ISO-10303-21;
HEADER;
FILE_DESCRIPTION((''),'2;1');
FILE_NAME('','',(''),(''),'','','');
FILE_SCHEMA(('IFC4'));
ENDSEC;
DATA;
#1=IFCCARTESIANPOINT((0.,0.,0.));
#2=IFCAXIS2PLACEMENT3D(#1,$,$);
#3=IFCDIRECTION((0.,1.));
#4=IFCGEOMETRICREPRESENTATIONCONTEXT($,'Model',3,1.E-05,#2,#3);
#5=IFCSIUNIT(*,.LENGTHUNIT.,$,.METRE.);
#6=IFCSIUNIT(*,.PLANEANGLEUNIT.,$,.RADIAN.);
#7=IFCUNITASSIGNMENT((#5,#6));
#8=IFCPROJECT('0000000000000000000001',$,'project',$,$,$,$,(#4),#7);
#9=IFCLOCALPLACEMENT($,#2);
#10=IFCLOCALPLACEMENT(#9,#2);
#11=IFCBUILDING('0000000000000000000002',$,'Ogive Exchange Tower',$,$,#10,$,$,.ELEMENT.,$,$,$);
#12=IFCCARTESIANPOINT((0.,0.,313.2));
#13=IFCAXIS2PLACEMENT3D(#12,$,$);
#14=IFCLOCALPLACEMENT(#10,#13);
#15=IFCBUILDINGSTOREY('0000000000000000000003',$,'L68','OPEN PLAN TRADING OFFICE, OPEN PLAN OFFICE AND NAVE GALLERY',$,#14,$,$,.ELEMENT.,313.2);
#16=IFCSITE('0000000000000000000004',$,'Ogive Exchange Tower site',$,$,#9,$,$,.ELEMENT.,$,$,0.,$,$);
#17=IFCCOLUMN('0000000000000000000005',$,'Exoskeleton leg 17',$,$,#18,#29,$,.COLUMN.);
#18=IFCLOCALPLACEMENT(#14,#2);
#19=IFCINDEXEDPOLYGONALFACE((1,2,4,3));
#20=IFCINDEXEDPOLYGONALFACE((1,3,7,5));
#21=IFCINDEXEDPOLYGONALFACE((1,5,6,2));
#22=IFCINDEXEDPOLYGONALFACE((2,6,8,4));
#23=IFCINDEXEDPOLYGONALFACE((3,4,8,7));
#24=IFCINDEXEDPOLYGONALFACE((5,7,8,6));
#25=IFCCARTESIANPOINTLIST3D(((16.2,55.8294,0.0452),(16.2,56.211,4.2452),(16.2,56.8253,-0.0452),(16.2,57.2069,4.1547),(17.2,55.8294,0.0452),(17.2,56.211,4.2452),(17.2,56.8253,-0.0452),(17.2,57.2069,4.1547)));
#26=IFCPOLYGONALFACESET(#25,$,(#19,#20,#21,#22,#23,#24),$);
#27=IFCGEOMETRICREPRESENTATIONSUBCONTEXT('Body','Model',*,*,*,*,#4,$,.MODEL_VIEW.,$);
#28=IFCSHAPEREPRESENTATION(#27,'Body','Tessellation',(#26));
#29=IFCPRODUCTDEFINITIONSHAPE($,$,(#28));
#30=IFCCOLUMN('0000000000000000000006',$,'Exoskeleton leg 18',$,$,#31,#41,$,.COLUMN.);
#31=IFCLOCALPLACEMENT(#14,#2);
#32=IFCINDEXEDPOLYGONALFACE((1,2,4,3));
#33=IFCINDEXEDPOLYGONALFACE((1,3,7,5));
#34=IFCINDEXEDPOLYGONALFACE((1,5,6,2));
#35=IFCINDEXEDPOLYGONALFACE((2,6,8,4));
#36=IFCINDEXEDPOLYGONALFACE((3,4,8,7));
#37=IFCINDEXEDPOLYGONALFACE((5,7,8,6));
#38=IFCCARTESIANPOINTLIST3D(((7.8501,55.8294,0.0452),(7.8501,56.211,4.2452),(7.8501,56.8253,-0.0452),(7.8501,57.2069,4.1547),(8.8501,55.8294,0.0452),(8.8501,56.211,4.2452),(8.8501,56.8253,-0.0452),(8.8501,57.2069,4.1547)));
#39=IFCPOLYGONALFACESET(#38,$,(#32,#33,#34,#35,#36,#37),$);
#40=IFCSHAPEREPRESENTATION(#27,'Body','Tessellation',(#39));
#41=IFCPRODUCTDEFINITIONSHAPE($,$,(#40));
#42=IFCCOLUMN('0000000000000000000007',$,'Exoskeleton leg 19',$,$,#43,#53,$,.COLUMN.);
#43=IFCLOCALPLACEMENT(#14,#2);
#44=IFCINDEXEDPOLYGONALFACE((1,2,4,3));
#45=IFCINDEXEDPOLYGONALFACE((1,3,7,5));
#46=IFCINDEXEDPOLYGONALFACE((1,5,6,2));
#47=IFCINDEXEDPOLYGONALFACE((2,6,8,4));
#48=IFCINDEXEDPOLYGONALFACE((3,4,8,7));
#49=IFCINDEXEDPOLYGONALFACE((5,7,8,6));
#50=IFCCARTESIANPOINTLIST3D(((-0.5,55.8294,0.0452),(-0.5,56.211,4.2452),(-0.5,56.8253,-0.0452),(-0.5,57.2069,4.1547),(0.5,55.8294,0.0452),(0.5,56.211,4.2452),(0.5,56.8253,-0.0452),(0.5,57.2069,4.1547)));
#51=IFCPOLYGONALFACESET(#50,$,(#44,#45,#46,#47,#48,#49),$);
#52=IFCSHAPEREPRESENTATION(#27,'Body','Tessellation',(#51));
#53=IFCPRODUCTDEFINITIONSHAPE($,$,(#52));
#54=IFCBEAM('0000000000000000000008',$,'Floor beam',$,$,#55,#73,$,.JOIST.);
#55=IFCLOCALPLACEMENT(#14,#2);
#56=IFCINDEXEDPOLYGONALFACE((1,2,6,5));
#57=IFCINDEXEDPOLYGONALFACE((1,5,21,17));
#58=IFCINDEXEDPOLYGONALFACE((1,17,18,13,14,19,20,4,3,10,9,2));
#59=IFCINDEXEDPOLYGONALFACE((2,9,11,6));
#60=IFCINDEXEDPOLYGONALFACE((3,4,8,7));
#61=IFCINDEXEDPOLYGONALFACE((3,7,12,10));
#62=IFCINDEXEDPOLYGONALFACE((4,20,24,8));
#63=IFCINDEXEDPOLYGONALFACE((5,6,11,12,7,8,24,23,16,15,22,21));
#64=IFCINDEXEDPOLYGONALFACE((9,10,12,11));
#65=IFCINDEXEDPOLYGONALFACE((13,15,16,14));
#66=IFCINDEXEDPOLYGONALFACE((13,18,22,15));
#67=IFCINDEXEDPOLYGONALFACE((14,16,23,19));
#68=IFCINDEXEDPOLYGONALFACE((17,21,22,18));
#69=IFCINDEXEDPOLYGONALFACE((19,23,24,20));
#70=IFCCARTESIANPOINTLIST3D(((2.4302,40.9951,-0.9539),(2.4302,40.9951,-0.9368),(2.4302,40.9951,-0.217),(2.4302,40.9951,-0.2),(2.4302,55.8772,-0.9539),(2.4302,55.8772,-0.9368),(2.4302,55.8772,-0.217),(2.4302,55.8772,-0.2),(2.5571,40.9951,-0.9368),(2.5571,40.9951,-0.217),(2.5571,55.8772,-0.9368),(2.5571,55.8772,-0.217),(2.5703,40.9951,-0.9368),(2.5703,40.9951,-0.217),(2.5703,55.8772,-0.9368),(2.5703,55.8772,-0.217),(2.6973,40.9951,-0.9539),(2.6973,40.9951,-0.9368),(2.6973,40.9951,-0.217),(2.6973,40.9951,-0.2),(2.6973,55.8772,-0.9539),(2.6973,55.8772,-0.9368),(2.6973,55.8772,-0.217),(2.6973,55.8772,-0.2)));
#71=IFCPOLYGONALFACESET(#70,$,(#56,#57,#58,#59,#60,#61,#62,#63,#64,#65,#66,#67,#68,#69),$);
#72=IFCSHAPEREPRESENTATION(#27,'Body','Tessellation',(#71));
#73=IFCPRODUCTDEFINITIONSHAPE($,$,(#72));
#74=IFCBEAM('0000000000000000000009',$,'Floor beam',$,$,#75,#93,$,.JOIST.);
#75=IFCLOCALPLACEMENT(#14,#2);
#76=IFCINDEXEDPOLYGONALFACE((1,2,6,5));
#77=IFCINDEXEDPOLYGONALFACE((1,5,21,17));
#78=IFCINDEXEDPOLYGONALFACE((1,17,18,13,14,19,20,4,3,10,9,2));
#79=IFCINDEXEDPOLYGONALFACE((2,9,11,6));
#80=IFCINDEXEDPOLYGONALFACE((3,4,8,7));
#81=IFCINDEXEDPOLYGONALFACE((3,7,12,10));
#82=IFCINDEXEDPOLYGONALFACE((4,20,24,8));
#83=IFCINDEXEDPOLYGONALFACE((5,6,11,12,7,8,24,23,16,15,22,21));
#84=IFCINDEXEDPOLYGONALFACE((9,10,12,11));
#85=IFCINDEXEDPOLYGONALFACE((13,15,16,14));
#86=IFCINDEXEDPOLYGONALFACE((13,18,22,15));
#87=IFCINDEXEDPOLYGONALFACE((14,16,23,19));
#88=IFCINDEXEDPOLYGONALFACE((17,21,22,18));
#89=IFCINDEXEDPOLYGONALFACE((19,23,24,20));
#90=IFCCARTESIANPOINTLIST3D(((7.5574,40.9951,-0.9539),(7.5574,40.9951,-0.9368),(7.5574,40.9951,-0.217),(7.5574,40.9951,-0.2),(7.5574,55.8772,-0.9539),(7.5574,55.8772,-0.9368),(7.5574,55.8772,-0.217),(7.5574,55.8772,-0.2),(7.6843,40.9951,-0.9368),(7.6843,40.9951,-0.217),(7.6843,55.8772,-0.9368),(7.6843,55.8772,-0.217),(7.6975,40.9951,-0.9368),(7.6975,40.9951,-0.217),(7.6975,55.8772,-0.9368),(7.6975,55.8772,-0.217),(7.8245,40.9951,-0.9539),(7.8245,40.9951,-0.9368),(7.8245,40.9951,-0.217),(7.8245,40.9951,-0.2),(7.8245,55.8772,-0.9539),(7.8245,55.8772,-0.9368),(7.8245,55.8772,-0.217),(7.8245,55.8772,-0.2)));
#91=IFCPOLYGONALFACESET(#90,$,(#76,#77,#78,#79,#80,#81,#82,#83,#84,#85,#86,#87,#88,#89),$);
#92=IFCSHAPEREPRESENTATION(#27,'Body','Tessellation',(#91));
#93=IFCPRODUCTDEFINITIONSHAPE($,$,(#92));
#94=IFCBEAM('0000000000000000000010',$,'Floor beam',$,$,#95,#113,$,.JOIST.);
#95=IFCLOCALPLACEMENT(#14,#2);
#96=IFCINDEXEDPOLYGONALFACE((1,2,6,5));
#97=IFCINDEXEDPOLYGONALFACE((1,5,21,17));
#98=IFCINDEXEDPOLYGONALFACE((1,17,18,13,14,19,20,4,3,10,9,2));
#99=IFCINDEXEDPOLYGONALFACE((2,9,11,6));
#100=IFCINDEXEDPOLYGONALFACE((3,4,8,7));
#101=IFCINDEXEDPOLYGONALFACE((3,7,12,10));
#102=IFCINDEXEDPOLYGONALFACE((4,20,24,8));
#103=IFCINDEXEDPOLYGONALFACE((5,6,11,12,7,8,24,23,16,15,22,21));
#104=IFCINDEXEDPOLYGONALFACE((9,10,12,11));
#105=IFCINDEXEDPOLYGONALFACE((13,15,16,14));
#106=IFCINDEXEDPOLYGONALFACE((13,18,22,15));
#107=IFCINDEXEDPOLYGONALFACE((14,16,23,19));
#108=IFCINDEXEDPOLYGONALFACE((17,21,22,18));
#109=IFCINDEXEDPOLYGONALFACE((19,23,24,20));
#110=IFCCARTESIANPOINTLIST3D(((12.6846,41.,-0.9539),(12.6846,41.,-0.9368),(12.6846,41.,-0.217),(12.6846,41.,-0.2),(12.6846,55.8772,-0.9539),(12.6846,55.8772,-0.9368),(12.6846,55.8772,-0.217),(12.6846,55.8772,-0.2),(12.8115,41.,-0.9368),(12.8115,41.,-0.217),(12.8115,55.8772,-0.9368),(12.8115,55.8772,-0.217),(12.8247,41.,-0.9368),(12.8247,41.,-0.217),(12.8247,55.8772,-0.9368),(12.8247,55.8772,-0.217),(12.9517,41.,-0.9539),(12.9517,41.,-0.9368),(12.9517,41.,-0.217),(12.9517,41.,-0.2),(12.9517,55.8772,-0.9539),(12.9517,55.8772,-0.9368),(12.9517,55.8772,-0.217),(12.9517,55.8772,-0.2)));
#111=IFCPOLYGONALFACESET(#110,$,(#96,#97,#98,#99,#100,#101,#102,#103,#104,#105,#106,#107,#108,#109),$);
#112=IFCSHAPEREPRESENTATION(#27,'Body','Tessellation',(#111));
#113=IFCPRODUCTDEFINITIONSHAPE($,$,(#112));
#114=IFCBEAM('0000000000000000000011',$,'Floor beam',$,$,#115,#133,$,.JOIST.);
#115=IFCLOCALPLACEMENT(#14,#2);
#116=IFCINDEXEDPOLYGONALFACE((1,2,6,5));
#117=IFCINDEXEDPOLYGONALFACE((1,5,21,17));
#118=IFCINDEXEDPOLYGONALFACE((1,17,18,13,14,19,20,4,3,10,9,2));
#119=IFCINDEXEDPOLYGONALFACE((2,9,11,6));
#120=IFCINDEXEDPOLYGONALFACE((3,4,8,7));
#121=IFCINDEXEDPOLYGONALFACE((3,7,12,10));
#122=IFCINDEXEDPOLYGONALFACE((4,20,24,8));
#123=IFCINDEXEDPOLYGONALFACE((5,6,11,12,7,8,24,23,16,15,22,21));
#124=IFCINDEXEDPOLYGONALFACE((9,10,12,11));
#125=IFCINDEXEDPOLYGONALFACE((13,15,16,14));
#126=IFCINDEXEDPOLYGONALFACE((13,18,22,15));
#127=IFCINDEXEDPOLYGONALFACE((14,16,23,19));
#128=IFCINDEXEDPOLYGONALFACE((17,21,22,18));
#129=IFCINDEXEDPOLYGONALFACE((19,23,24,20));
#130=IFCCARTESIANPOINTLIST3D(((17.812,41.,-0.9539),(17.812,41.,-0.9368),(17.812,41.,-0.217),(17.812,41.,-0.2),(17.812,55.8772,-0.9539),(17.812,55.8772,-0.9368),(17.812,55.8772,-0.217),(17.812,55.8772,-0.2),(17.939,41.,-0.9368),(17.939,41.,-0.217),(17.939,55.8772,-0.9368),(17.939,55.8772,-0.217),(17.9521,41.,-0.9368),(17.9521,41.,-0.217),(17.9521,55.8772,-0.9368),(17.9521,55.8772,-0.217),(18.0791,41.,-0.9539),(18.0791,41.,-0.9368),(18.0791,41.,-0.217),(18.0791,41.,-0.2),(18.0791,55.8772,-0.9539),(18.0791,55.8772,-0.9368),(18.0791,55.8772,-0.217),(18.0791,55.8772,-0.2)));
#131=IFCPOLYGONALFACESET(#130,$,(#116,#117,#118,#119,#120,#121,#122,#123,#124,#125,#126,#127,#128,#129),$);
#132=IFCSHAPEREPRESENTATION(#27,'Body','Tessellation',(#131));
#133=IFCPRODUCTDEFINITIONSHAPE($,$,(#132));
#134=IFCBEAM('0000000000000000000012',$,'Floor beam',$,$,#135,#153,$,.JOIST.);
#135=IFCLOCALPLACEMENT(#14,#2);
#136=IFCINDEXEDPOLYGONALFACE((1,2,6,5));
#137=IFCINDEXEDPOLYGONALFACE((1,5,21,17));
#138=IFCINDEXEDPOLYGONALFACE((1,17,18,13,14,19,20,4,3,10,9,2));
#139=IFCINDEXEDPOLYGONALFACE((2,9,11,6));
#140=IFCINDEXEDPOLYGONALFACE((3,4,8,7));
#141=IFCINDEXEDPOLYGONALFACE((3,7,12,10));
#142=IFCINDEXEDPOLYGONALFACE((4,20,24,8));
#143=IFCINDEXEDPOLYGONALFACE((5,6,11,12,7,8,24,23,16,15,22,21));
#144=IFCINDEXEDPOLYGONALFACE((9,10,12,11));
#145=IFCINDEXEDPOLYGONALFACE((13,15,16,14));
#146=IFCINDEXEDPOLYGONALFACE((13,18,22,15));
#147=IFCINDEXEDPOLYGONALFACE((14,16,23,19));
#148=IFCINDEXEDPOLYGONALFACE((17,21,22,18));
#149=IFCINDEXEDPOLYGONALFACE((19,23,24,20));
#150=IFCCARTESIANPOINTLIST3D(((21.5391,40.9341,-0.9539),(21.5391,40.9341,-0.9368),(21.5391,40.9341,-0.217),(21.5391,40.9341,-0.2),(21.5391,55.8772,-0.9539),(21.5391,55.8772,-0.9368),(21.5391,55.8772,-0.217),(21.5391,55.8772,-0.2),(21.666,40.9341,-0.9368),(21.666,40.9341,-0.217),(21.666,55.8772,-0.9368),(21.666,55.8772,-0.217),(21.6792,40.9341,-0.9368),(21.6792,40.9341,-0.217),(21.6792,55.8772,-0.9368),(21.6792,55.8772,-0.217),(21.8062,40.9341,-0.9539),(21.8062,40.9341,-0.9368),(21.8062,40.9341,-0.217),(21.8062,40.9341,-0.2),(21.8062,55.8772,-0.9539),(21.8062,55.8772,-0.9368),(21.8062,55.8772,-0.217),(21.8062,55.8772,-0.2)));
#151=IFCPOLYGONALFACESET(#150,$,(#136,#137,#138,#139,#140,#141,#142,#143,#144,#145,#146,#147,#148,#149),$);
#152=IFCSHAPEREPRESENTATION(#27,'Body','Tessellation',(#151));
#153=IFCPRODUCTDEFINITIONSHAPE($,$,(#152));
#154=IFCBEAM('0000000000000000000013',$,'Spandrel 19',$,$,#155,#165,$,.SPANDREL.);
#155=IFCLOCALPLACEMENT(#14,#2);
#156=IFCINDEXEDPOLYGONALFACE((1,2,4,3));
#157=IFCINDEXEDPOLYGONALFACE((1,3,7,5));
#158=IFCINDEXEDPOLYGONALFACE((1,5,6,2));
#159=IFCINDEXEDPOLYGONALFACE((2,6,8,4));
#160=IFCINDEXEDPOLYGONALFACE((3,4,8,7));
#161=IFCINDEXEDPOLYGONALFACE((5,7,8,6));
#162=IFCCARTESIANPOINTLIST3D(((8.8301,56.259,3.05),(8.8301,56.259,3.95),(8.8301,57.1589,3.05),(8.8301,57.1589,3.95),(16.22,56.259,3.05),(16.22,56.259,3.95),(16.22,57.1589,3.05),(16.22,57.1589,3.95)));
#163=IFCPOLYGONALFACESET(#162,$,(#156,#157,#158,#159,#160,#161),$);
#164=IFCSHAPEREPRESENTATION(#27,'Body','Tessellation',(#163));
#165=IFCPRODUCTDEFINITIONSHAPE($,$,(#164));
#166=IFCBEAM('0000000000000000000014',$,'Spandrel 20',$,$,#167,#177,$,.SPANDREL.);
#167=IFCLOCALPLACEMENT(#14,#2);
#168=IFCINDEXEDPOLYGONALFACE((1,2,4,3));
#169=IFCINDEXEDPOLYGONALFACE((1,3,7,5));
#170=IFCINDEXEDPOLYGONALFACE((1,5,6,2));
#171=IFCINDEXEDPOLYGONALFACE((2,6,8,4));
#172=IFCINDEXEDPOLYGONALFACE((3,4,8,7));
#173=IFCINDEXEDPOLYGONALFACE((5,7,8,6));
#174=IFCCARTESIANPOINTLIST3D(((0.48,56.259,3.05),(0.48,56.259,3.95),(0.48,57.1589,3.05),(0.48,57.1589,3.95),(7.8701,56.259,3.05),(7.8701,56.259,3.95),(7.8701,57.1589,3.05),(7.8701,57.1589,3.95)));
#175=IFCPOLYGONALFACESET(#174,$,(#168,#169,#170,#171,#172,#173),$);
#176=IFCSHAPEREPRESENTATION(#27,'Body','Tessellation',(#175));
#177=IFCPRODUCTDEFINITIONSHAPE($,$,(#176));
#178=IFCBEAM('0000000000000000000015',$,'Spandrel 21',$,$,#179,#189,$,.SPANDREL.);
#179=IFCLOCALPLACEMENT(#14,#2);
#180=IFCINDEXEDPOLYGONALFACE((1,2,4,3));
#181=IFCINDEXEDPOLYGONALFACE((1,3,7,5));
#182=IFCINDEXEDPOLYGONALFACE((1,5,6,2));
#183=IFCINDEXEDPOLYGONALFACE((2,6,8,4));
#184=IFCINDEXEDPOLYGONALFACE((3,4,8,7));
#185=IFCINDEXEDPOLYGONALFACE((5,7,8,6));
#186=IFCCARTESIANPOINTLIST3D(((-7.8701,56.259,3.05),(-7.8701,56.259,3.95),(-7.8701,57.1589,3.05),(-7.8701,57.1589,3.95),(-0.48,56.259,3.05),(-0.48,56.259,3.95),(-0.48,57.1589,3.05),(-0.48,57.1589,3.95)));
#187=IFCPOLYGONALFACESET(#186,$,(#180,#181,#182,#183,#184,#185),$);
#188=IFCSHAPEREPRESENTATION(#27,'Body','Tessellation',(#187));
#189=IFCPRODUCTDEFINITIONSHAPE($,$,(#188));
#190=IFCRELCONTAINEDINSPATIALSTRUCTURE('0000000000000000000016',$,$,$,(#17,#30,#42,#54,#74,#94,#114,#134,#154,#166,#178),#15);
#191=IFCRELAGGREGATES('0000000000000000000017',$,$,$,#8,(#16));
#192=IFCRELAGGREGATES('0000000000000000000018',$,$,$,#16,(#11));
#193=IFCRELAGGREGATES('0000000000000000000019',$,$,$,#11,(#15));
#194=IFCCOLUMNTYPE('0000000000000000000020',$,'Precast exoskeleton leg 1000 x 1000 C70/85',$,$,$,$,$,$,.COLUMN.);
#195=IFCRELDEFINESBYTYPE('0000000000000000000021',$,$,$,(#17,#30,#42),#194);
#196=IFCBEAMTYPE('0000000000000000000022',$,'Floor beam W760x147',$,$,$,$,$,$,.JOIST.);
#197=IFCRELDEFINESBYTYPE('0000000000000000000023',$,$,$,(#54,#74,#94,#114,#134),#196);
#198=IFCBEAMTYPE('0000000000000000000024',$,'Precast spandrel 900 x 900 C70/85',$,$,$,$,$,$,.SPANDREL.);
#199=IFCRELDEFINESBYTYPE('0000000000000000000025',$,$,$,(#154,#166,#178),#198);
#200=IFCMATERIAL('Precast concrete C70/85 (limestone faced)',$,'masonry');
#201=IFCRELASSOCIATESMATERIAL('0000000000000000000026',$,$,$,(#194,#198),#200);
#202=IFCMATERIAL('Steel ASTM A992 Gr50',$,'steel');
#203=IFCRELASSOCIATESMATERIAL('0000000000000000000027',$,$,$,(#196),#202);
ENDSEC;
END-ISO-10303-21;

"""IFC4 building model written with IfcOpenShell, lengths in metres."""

from ifc_helpers import new_model, si_unit, direction, frame, origin, origin_2d, place, context, subcontext, project, spatial, rectangle, i_section, extrude, material, material_profile, profile_set, type_object, element, save


model = new_model("IFC4")

# Units and contexts
model_context = context("Model", 3, precision=1e-05, world=origin(), true_north=direction((0.0, 1.0)))
body_context = subcontext(model_context, "Body", "Model", "MODEL_VIEW")
ifc_project = project(units=[si_unit("LENGTHUNIT", "METRE"), si_unit("PLANEANGLEUNIT", "RADIAN")], contexts=[model_context])

# Site, building, storey
site_placement = place(None, origin())
site = spatial("IfcSite", under=ifc_project, at=site_placement, Name="Ogive Exchange Tower site", CompositionType="ELEMENT", RefElevation=0.0)
building_placement = place(site_placement, origin())
building = spatial("IfcBuilding", under=site, at=building_placement, Name="Ogive Exchange Tower", CompositionType="ELEMENT")
storey_placement = place(building_placement, frame((0.0, 0.0, 313.2)))
storey = spatial("IfcBuildingStorey", under=building, at=storey_placement, Name="L68", Description="OPEN PLAN TRADING OFFICE, OPEN PLAN OFFICE AND NAVE GALLERY", CompositionType="ELEMENT", Elevation=313.2)

# Columns
ifc_material_1 = material(Name="Precast concrete C70/85 (limestone faced)", Category="masonry")
ifc_material_profile_1 = material_profile(ifc_material_1, rectangle(XDim=1.0, YDim=1.0, at=origin_2d()), Name="1000 x 1000")
ifc_profile_set_1 = profile_set([ifc_material_profile_1], Name="Precast concrete C70/85 (limestone faced)")
column_type = type_object("IfcColumnType", Name="Precast exoskeleton leg 1000 x 1000 C70/85", PredefinedType="COLUMN", material=ifc_profile_set_1)
for number, where, z_axis, x_axis, name in (
    (1, (16.7, 56.3274, 0.0), (0.0, 0.090484, 0.995898), (-1.0, 0.0, 0.0), "Exoskeleton leg 17"),
    (2, (8.3501, 56.3274, 0.0), (0.0, 0.090484, 0.995898), (-1.0, 0.0, 0.0), "Exoskeleton leg 18"),
    (3, (0.0, 56.3274, 0.0), (0.0, 0.090484, 0.995898), (-1.0, 0.0, 0.0), "Exoskeleton leg 19"),
):
    element("IfcColumn", number, at=place(storey_placement, frame(where, z_axis=z_axis, x_axis=x_axis)), inside=storey, type_object=column_type, Name=name, PredefinedType="COLUMN", context=body_context, shape_type="SweptSolid", body=[
        extrude(rectangle(XDim=1.0, YDim=1.0, at=origin_2d()), origin(), (0.0, 0.0, 1.0), 4.2173),
    ])

# Beams
ifc_material_2 = material(Name="Steel ASTM A992 Gr50", Category="steel")
ifc_material_profile_2 = material_profile(ifc_material_2, i_section(OverallWidth=0.2671, OverallDepth=0.7539, WebThickness=0.0132, FlangeThickness=0.0171, at=origin_2d()), Name="W760x147")
ifc_profile_set_2 = profile_set([ifc_material_profile_2], Name="Steel ASTM A992 Gr50")
beam_type_1 = type_object("IfcBeamType", Name="Floor beam W760x147", PredefinedType="JOIST", material=ifc_profile_set_2)
for number, where, z_axis, x_axis, name in (
    (4, (2.5637, 40.9951, -0.5769), (0.0, 1.0, 0.0), (-1.0, 0.0, 0.0), "Floor beam"),
    (5, (7.6909, 40.9951, -0.5769), (0.0, 1.0, 0.0), (-1.0, 0.0, 0.0), "Floor beam"),
):
    element("IfcBeam", number, at=place(storey_placement, frame(where, z_axis=z_axis, x_axis=x_axis)), inside=storey, type_object=beam_type_1, Name=name, PredefinedType="JOIST", context=body_context, shape_type="SweptSolid", body=[
        extrude(i_section(OverallWidth=0.2671, OverallDepth=0.7539, WebThickness=0.0132, FlangeThickness=0.0171, at=origin_2d()), origin(), (0.0, 0.0, 1.0), 14.8821),
    ])
for number, where, z_axis, x_axis, name in (
    (6, (12.8181, 41.0, -0.5769), (0.0, 1.0, 0.0), (-1.0, 0.0, 0.0), "Floor beam"),
    (7, (17.9456, 41.0, -0.5769), (0.0, 1.0, 0.0), (-1.0, 0.0, 0.0), "Floor beam"),
):
    element("IfcBeam", number, at=place(storey_placement, frame(where, z_axis=z_axis, x_axis=x_axis)), inside=storey, type_object=beam_type_1, Name=name, PredefinedType="JOIST", context=body_context, shape_type="SweptSolid", body=[
        extrude(i_section(OverallWidth=0.2671, OverallDepth=0.7539, WebThickness=0.0132, FlangeThickness=0.0171, at=origin_2d()), origin(), (0.0, 0.0, 1.0), 14.8772),
    ])
beam_1_placement = place(storey_placement, frame((21.6726, 40.9341, -0.5769), z_axis=(0.0, 1.0, 0.0), x_axis=(-1.0, 0.0, 0.0)))
element("IfcBeam", 8, at=beam_1_placement, inside=storey, type_object=beam_type_1, Name="Floor beam", PredefinedType="JOIST", context=body_context, shape_type="SweptSolid", body=[
    extrude(i_section(OverallWidth=0.2671, OverallDepth=0.7539, WebThickness=0.0132, FlangeThickness=0.0171, at=origin_2d()), origin(), (0.0, 0.0, 1.0), 14.9431),
])
ifc_material_profile_3 = material_profile(ifc_material_1, rectangle(XDim=0.8999, YDim=0.8999, at=origin_2d()), Name="900 x 900")
ifc_profile_set_3 = profile_set([ifc_material_profile_3], Name="Precast concrete C70/85 (limestone faced)")
beam_type_2 = type_object("IfcBeamType", Name="Precast spandrel 900 x 900 C70/85", PredefinedType="SPANDREL", material=ifc_profile_set_3)
beam_2_placement = place(storey_placement, frame((16.22, 56.709, 3.5), z_axis=(-1.0, 0.0, 0.0), x_axis=(0.0, -1.0, 0.0)))
element("IfcBeam", 9, at=beam_2_placement, inside=storey, type_object=beam_type_2, Name="Spandrel 19", PredefinedType="SPANDREL", context=body_context, shape_type="SweptSolid", body=[
    extrude(rectangle(XDim=0.8999, YDim=0.8999, at=origin_2d()), origin(), (0.0, 0.0, 1.0), 7.3899),
])
for number, where, z_axis, x_axis, name in (
    (10, (7.8701, 56.709, 3.5), (-1.0, 0.0, 0.0), (0.0, -1.0, 0.0), "Spandrel 20"),
    (11, (-0.48, 56.709, 3.5), (-1.0, 0.0, 0.0), (0.0, -1.0, 0.0), "Spandrel 21"),
):
    element("IfcBeam", number, at=place(storey_placement, frame(where, z_axis=z_axis, x_axis=x_axis)), inside=storey, type_object=beam_type_2, Name=name, PredefinedType="SPANDREL", context=body_context, shape_type="SweptSolid", body=[
        extrude(rectangle(XDim=0.8999, YDim=0.8999, at=origin_2d()), origin(), (0.0, 0.0, 1.0), 7.3901),
    ])

save(model, "model.ifc")
